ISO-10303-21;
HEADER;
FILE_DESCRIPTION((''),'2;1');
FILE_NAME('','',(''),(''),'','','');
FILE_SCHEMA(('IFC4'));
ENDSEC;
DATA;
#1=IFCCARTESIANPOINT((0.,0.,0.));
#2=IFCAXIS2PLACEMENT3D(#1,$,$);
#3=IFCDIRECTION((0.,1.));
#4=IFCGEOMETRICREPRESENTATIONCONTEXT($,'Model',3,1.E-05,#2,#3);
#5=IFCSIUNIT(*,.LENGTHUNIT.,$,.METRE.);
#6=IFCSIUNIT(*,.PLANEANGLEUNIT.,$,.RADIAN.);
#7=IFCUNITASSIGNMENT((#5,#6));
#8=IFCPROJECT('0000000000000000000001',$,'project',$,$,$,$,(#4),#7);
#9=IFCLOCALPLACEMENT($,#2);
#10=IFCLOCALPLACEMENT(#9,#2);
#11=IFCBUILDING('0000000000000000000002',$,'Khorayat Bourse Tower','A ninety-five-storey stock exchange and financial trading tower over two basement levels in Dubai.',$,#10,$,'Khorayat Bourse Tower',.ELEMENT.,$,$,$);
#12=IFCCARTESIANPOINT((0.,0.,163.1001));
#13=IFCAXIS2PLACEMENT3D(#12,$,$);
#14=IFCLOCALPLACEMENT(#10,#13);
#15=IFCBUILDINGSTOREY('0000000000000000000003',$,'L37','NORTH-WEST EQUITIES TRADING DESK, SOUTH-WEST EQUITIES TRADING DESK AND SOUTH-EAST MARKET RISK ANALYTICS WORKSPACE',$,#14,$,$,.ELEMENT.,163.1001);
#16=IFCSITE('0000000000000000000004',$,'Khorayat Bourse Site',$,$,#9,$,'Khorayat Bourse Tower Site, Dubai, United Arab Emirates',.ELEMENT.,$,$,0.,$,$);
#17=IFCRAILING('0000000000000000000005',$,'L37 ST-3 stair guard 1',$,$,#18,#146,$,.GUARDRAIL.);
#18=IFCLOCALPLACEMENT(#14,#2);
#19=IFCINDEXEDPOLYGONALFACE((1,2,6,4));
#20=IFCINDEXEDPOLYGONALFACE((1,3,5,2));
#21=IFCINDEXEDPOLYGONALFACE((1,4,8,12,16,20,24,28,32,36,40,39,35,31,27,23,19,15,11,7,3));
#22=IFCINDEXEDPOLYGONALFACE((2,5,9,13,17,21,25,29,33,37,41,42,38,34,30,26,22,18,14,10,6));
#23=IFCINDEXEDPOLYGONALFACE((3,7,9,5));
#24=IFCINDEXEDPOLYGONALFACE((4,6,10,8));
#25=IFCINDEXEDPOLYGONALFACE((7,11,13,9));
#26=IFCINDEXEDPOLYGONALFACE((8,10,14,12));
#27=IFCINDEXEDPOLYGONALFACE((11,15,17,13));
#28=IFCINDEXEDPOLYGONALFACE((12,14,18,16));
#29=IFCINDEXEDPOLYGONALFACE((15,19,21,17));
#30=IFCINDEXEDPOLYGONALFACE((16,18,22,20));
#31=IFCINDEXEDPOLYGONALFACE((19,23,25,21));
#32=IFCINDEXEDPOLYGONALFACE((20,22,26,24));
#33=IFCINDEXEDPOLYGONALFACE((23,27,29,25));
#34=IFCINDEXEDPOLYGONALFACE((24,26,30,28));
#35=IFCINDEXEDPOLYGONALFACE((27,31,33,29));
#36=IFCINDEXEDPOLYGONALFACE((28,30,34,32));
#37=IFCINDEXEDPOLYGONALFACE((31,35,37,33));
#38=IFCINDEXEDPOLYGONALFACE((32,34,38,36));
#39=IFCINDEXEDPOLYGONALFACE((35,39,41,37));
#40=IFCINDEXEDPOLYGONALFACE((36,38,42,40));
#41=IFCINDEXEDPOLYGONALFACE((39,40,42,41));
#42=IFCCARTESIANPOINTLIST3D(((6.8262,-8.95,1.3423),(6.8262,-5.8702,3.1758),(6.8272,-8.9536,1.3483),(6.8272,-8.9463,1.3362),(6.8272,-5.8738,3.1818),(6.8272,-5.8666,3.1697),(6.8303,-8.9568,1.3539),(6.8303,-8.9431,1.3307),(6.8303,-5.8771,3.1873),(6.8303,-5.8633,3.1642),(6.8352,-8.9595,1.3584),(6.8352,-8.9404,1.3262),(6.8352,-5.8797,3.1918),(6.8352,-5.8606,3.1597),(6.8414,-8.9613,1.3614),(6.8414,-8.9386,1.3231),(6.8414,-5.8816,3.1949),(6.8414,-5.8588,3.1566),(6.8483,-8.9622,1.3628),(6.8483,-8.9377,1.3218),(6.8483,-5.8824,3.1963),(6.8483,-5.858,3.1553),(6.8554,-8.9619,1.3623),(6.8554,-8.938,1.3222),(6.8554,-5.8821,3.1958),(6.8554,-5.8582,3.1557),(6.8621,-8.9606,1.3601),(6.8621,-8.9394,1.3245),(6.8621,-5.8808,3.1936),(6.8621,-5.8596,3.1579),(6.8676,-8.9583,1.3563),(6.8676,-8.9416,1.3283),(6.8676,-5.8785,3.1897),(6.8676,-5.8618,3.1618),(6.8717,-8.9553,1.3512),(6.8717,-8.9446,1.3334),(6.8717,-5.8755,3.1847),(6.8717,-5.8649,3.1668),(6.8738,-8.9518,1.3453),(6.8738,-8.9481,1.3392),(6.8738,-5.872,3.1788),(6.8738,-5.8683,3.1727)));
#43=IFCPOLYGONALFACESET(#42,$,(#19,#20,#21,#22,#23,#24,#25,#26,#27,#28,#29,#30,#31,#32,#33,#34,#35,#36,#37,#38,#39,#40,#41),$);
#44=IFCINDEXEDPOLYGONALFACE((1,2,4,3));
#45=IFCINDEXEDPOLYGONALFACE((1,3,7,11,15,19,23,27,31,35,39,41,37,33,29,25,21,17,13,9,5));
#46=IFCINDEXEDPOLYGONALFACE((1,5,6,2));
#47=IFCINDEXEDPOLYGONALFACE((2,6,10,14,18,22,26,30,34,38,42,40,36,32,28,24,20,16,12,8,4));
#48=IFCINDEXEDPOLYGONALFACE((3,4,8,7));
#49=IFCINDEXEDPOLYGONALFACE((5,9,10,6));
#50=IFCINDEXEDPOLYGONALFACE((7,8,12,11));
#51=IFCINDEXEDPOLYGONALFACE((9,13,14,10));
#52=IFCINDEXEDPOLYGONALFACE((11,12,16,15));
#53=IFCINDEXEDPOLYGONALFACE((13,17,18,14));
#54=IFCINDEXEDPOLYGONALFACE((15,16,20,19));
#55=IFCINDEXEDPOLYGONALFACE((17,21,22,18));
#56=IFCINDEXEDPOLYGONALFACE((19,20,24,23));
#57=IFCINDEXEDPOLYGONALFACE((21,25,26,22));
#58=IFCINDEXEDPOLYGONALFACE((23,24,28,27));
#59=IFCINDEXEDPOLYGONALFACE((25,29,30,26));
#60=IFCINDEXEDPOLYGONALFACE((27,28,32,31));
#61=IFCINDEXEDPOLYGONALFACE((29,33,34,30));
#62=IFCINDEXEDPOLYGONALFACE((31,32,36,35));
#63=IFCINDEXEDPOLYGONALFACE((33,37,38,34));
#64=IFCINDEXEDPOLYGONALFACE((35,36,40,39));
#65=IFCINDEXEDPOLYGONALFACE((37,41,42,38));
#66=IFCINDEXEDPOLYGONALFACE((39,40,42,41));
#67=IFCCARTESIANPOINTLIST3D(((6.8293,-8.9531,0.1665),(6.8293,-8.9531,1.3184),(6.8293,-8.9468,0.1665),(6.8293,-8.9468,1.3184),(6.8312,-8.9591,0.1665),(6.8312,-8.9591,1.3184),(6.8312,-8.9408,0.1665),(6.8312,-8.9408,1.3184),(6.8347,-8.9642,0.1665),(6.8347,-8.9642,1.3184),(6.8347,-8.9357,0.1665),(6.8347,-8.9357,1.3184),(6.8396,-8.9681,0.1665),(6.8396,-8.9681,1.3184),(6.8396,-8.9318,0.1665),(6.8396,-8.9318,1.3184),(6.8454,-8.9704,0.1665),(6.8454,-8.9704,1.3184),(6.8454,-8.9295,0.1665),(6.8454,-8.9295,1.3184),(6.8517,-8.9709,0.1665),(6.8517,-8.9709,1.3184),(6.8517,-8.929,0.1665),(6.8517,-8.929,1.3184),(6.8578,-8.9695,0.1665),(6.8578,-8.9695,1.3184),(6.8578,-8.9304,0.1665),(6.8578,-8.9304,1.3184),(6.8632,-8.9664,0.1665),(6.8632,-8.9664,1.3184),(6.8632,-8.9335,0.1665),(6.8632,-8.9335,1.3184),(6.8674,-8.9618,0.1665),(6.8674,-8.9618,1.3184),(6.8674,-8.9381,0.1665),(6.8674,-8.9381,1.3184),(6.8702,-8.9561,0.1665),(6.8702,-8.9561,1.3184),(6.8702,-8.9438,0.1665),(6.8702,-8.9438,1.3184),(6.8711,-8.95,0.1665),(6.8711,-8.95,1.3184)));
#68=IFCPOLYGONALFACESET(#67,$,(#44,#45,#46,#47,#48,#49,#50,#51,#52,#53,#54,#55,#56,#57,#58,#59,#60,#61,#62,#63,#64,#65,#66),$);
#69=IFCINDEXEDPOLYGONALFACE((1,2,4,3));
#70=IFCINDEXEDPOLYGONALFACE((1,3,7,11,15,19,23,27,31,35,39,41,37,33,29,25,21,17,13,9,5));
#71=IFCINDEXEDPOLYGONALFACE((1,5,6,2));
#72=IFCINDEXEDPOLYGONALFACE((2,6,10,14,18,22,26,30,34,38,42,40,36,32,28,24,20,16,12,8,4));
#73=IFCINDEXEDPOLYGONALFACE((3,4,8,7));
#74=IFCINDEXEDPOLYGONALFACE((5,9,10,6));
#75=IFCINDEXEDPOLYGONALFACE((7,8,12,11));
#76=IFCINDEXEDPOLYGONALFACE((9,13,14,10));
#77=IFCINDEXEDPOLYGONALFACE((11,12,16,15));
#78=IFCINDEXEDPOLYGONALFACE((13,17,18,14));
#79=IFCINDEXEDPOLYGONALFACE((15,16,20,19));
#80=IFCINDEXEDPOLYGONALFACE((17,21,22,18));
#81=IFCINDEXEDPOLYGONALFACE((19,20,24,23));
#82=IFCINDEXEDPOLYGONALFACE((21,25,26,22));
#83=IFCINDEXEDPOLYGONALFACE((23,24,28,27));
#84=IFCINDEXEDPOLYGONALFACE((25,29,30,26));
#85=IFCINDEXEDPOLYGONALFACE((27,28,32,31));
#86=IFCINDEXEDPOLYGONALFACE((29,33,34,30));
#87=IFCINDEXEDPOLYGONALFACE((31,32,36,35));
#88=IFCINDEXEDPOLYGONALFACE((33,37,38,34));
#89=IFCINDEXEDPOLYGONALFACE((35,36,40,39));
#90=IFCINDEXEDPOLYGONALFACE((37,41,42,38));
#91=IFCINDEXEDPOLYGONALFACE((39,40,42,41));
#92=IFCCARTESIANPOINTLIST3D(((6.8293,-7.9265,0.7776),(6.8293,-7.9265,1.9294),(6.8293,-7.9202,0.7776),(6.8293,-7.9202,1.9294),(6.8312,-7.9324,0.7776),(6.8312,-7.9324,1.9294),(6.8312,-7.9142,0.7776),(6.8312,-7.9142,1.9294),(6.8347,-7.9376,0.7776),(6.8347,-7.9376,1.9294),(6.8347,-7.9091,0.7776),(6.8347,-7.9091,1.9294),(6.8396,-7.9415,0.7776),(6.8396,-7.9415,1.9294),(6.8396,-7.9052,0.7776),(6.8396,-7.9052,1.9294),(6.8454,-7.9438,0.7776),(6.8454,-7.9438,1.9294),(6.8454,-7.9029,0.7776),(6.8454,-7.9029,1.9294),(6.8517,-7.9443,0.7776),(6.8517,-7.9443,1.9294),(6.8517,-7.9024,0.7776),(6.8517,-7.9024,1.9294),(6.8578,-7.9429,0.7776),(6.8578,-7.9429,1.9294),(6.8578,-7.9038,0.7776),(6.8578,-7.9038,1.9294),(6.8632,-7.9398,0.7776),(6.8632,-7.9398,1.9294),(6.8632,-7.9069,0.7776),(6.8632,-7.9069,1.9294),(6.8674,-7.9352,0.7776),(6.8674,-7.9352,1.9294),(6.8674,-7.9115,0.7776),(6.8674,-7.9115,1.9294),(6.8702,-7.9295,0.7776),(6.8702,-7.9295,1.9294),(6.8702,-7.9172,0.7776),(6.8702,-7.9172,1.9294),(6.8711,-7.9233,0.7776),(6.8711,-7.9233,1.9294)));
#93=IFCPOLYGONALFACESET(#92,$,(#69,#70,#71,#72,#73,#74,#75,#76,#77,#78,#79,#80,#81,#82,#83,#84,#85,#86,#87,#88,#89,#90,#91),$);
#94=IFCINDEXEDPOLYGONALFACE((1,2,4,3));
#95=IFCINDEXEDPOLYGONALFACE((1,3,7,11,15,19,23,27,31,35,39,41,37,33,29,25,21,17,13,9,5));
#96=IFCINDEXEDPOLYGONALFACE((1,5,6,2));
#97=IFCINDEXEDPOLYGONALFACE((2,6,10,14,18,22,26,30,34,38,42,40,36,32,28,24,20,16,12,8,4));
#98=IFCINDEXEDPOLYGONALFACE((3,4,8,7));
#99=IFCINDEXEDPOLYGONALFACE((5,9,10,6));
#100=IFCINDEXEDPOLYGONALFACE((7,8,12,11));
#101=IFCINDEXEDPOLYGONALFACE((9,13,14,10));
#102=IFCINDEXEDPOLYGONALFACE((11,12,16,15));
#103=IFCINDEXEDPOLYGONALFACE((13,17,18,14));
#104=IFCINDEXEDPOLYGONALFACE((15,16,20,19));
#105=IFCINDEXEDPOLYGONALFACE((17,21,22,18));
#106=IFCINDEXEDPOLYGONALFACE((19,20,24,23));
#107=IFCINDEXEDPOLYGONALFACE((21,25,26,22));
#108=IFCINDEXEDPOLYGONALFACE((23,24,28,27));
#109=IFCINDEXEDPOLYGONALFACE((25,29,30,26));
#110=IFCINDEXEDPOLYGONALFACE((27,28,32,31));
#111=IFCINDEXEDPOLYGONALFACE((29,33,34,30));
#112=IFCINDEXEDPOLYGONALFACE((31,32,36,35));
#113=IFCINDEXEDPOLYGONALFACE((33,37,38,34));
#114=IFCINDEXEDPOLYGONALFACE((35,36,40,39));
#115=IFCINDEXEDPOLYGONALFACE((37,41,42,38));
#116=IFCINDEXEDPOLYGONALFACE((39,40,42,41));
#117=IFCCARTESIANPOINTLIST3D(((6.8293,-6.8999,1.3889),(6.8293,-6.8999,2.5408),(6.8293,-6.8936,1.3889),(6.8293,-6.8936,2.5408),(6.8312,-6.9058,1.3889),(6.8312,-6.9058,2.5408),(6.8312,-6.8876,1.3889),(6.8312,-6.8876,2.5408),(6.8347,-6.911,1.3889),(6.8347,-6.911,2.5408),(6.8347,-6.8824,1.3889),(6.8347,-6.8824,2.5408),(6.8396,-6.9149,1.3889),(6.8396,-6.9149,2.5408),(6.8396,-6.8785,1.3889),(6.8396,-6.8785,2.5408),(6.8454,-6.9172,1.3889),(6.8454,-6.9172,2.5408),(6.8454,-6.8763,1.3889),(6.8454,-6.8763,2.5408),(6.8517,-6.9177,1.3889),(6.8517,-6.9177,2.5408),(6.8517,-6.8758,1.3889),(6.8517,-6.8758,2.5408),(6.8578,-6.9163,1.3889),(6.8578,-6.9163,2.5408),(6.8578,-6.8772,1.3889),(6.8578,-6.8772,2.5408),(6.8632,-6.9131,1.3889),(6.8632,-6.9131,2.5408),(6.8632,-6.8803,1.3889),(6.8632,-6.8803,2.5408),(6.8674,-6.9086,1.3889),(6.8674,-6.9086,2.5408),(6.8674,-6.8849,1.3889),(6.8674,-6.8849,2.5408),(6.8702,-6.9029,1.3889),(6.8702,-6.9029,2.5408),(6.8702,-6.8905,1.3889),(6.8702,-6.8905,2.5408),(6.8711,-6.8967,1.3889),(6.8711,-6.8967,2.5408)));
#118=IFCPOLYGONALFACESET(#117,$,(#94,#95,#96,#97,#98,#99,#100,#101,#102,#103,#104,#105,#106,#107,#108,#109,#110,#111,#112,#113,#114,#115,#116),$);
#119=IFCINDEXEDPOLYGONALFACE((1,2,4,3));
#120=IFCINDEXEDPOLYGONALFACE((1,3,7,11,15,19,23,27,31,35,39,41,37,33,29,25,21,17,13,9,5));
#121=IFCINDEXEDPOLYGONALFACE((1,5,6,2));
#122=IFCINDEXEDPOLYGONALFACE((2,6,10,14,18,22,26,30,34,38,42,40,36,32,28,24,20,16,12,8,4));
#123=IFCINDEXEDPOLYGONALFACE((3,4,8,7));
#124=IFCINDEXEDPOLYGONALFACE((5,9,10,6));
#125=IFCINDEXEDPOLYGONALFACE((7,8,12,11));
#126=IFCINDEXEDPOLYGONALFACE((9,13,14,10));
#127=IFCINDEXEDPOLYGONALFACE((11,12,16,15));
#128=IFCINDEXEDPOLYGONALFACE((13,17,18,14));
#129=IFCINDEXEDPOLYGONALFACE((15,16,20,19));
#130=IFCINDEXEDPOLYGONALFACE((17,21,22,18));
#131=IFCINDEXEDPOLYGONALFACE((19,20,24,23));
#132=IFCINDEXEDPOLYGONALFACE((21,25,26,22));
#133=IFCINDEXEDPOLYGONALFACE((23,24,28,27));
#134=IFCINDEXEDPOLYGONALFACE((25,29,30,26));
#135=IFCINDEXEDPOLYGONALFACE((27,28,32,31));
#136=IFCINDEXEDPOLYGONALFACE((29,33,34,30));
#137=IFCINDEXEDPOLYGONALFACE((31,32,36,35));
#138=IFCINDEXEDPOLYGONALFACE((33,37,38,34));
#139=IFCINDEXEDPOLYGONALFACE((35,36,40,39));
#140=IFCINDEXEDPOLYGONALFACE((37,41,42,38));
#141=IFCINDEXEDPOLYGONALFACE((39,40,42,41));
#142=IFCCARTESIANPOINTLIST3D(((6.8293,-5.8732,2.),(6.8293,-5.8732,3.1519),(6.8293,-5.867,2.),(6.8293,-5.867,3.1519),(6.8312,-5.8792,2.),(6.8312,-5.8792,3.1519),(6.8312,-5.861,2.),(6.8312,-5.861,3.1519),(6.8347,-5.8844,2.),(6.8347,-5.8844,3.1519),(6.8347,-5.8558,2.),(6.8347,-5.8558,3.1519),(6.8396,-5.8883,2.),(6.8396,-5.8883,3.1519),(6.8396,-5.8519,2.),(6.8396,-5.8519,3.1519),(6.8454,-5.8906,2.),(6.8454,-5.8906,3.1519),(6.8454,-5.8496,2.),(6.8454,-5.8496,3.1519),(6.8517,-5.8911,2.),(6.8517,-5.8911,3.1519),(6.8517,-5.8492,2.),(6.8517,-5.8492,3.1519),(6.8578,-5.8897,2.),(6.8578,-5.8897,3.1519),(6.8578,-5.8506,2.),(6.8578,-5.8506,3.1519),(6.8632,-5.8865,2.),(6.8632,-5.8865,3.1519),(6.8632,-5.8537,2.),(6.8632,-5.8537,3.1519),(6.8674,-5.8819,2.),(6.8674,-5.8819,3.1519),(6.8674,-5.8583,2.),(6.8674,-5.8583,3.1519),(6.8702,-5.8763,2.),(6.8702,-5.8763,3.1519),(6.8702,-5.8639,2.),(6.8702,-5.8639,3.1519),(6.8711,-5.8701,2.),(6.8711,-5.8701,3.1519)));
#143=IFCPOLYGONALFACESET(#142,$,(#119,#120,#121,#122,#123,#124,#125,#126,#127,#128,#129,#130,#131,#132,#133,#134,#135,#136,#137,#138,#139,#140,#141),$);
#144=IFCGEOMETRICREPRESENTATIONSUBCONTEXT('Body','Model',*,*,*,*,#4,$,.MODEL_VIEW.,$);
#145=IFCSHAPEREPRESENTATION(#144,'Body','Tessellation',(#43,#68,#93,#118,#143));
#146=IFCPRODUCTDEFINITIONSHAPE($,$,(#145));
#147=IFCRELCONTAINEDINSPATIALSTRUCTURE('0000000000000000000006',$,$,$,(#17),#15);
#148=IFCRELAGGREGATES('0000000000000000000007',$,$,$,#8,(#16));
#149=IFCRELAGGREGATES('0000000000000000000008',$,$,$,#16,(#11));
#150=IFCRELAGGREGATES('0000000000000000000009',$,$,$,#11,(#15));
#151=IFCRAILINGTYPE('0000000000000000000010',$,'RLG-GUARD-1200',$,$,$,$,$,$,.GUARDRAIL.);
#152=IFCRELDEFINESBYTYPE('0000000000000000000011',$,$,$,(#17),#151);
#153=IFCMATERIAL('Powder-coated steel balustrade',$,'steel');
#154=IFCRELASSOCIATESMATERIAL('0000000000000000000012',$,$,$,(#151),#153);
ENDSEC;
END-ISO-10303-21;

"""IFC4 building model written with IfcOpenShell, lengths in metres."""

from ifc_helpers import new_model, si_unit, direction, frame, origin, origin_2d, place, context, subcontext, project, spatial, circle, extrude, source, transform, mapped, material, type_object, element, save


model = new_model("IFC4")

# Units and contexts
model_context = context("Model", 3, precision=1e-05, world=origin(), true_north=direction((0.0, 1.0)))
body_context = subcontext(model_context, "Body", "Model", "MODEL_VIEW")
ifc_project = project(units=[si_unit("LENGTHUNIT", "METRE"), si_unit("PLANEANGLEUNIT", "RADIAN")], contexts=[model_context])

# Site, building, storey
site_placement = place(None, origin())
site = spatial("IfcSite", under=ifc_project, at=site_placement, Name="Khorayat Bourse Site", LongName="Khorayat Bourse Tower Site, Dubai, United Arab Emirates", CompositionType="ELEMENT", RefElevation=0.0)
building_placement = place(site_placement, origin())
building = spatial("IfcBuilding", under=site, at=building_placement, Name="Khorayat Bourse Tower", Description="A ninety-five-storey stock exchange and financial trading tower over two basement levels in Dubai.", LongName="Khorayat Bourse Tower", CompositionType="ELEMENT")
storey_placement = place(building_placement, frame((0.0, 0.0, 163.1001)))
storey = spatial("IfcBuildingStorey", under=building, at=storey_placement, Name="L37", Description="NORTH-WEST EQUITIES TRADING DESK, SOUTH-WEST EQUITIES TRADING DESK AND SOUTH-EAST MARKET RISK ANALYTICS WORKSPACE", CompositionType="ELEMENT", Elevation=163.1001)

# Railing
ifc_material_1 = material(Name="Powder-coated steel balustrade", Category="steel")
railing_type_1 = type_object("IfcRailingType", Name="RLG-GUARD-1200", PredefinedType="GUARDRAIL", material=ifc_material_1)
shared_shape_1 = source(origin(), body_context, "Body", "SweptSolid", [
    extrude(circle(Radius=0.0239, at=origin_2d()), frame((0.0, 0.0, 1.1758), z_axis=(0.0, 0.859261, 0.511538), x_axis=(-1.0, 0.0, 0.0)), (0.0, 0.0, 1.0), 3.5842),
    extrude(circle(Radius=0.021, at=origin_2d()), origin(), (0.0, 0.0, 1.0), 1.1519),
    extrude(circle(Radius=0.021, at=origin_2d()), frame((0.0, 1.0266, 0.6111)), (0.0, 0.0, 1.0), 1.1519),
    extrude(circle(Radius=0.021, at=origin_2d()), frame((0.0, 2.0532, 1.2224)), (0.0, 0.0, 1.0), 1.1519),
    extrude(circle(Radius=0.021, at=origin_2d()), frame((0.0, 3.0798, 1.8335)), (0.0, 0.0, 1.0), 1.1519),
])
railing_1_placement = place(storey_placement, frame((6.8501, -8.95, 0.1665)))
element("IfcRailing", 1, at=railing_1_placement, inside=storey, type_object=railing_type_1, Name="L37 ST-3 stair guard 1", PredefinedType="GUARDRAIL", context=body_context, shape_type="MappedRepresentation", body=[
    mapped(shared_shape_1, transform((0.0, 0.0, 0.0), scale=1.0)),
])

save(model, "model.ifc")
